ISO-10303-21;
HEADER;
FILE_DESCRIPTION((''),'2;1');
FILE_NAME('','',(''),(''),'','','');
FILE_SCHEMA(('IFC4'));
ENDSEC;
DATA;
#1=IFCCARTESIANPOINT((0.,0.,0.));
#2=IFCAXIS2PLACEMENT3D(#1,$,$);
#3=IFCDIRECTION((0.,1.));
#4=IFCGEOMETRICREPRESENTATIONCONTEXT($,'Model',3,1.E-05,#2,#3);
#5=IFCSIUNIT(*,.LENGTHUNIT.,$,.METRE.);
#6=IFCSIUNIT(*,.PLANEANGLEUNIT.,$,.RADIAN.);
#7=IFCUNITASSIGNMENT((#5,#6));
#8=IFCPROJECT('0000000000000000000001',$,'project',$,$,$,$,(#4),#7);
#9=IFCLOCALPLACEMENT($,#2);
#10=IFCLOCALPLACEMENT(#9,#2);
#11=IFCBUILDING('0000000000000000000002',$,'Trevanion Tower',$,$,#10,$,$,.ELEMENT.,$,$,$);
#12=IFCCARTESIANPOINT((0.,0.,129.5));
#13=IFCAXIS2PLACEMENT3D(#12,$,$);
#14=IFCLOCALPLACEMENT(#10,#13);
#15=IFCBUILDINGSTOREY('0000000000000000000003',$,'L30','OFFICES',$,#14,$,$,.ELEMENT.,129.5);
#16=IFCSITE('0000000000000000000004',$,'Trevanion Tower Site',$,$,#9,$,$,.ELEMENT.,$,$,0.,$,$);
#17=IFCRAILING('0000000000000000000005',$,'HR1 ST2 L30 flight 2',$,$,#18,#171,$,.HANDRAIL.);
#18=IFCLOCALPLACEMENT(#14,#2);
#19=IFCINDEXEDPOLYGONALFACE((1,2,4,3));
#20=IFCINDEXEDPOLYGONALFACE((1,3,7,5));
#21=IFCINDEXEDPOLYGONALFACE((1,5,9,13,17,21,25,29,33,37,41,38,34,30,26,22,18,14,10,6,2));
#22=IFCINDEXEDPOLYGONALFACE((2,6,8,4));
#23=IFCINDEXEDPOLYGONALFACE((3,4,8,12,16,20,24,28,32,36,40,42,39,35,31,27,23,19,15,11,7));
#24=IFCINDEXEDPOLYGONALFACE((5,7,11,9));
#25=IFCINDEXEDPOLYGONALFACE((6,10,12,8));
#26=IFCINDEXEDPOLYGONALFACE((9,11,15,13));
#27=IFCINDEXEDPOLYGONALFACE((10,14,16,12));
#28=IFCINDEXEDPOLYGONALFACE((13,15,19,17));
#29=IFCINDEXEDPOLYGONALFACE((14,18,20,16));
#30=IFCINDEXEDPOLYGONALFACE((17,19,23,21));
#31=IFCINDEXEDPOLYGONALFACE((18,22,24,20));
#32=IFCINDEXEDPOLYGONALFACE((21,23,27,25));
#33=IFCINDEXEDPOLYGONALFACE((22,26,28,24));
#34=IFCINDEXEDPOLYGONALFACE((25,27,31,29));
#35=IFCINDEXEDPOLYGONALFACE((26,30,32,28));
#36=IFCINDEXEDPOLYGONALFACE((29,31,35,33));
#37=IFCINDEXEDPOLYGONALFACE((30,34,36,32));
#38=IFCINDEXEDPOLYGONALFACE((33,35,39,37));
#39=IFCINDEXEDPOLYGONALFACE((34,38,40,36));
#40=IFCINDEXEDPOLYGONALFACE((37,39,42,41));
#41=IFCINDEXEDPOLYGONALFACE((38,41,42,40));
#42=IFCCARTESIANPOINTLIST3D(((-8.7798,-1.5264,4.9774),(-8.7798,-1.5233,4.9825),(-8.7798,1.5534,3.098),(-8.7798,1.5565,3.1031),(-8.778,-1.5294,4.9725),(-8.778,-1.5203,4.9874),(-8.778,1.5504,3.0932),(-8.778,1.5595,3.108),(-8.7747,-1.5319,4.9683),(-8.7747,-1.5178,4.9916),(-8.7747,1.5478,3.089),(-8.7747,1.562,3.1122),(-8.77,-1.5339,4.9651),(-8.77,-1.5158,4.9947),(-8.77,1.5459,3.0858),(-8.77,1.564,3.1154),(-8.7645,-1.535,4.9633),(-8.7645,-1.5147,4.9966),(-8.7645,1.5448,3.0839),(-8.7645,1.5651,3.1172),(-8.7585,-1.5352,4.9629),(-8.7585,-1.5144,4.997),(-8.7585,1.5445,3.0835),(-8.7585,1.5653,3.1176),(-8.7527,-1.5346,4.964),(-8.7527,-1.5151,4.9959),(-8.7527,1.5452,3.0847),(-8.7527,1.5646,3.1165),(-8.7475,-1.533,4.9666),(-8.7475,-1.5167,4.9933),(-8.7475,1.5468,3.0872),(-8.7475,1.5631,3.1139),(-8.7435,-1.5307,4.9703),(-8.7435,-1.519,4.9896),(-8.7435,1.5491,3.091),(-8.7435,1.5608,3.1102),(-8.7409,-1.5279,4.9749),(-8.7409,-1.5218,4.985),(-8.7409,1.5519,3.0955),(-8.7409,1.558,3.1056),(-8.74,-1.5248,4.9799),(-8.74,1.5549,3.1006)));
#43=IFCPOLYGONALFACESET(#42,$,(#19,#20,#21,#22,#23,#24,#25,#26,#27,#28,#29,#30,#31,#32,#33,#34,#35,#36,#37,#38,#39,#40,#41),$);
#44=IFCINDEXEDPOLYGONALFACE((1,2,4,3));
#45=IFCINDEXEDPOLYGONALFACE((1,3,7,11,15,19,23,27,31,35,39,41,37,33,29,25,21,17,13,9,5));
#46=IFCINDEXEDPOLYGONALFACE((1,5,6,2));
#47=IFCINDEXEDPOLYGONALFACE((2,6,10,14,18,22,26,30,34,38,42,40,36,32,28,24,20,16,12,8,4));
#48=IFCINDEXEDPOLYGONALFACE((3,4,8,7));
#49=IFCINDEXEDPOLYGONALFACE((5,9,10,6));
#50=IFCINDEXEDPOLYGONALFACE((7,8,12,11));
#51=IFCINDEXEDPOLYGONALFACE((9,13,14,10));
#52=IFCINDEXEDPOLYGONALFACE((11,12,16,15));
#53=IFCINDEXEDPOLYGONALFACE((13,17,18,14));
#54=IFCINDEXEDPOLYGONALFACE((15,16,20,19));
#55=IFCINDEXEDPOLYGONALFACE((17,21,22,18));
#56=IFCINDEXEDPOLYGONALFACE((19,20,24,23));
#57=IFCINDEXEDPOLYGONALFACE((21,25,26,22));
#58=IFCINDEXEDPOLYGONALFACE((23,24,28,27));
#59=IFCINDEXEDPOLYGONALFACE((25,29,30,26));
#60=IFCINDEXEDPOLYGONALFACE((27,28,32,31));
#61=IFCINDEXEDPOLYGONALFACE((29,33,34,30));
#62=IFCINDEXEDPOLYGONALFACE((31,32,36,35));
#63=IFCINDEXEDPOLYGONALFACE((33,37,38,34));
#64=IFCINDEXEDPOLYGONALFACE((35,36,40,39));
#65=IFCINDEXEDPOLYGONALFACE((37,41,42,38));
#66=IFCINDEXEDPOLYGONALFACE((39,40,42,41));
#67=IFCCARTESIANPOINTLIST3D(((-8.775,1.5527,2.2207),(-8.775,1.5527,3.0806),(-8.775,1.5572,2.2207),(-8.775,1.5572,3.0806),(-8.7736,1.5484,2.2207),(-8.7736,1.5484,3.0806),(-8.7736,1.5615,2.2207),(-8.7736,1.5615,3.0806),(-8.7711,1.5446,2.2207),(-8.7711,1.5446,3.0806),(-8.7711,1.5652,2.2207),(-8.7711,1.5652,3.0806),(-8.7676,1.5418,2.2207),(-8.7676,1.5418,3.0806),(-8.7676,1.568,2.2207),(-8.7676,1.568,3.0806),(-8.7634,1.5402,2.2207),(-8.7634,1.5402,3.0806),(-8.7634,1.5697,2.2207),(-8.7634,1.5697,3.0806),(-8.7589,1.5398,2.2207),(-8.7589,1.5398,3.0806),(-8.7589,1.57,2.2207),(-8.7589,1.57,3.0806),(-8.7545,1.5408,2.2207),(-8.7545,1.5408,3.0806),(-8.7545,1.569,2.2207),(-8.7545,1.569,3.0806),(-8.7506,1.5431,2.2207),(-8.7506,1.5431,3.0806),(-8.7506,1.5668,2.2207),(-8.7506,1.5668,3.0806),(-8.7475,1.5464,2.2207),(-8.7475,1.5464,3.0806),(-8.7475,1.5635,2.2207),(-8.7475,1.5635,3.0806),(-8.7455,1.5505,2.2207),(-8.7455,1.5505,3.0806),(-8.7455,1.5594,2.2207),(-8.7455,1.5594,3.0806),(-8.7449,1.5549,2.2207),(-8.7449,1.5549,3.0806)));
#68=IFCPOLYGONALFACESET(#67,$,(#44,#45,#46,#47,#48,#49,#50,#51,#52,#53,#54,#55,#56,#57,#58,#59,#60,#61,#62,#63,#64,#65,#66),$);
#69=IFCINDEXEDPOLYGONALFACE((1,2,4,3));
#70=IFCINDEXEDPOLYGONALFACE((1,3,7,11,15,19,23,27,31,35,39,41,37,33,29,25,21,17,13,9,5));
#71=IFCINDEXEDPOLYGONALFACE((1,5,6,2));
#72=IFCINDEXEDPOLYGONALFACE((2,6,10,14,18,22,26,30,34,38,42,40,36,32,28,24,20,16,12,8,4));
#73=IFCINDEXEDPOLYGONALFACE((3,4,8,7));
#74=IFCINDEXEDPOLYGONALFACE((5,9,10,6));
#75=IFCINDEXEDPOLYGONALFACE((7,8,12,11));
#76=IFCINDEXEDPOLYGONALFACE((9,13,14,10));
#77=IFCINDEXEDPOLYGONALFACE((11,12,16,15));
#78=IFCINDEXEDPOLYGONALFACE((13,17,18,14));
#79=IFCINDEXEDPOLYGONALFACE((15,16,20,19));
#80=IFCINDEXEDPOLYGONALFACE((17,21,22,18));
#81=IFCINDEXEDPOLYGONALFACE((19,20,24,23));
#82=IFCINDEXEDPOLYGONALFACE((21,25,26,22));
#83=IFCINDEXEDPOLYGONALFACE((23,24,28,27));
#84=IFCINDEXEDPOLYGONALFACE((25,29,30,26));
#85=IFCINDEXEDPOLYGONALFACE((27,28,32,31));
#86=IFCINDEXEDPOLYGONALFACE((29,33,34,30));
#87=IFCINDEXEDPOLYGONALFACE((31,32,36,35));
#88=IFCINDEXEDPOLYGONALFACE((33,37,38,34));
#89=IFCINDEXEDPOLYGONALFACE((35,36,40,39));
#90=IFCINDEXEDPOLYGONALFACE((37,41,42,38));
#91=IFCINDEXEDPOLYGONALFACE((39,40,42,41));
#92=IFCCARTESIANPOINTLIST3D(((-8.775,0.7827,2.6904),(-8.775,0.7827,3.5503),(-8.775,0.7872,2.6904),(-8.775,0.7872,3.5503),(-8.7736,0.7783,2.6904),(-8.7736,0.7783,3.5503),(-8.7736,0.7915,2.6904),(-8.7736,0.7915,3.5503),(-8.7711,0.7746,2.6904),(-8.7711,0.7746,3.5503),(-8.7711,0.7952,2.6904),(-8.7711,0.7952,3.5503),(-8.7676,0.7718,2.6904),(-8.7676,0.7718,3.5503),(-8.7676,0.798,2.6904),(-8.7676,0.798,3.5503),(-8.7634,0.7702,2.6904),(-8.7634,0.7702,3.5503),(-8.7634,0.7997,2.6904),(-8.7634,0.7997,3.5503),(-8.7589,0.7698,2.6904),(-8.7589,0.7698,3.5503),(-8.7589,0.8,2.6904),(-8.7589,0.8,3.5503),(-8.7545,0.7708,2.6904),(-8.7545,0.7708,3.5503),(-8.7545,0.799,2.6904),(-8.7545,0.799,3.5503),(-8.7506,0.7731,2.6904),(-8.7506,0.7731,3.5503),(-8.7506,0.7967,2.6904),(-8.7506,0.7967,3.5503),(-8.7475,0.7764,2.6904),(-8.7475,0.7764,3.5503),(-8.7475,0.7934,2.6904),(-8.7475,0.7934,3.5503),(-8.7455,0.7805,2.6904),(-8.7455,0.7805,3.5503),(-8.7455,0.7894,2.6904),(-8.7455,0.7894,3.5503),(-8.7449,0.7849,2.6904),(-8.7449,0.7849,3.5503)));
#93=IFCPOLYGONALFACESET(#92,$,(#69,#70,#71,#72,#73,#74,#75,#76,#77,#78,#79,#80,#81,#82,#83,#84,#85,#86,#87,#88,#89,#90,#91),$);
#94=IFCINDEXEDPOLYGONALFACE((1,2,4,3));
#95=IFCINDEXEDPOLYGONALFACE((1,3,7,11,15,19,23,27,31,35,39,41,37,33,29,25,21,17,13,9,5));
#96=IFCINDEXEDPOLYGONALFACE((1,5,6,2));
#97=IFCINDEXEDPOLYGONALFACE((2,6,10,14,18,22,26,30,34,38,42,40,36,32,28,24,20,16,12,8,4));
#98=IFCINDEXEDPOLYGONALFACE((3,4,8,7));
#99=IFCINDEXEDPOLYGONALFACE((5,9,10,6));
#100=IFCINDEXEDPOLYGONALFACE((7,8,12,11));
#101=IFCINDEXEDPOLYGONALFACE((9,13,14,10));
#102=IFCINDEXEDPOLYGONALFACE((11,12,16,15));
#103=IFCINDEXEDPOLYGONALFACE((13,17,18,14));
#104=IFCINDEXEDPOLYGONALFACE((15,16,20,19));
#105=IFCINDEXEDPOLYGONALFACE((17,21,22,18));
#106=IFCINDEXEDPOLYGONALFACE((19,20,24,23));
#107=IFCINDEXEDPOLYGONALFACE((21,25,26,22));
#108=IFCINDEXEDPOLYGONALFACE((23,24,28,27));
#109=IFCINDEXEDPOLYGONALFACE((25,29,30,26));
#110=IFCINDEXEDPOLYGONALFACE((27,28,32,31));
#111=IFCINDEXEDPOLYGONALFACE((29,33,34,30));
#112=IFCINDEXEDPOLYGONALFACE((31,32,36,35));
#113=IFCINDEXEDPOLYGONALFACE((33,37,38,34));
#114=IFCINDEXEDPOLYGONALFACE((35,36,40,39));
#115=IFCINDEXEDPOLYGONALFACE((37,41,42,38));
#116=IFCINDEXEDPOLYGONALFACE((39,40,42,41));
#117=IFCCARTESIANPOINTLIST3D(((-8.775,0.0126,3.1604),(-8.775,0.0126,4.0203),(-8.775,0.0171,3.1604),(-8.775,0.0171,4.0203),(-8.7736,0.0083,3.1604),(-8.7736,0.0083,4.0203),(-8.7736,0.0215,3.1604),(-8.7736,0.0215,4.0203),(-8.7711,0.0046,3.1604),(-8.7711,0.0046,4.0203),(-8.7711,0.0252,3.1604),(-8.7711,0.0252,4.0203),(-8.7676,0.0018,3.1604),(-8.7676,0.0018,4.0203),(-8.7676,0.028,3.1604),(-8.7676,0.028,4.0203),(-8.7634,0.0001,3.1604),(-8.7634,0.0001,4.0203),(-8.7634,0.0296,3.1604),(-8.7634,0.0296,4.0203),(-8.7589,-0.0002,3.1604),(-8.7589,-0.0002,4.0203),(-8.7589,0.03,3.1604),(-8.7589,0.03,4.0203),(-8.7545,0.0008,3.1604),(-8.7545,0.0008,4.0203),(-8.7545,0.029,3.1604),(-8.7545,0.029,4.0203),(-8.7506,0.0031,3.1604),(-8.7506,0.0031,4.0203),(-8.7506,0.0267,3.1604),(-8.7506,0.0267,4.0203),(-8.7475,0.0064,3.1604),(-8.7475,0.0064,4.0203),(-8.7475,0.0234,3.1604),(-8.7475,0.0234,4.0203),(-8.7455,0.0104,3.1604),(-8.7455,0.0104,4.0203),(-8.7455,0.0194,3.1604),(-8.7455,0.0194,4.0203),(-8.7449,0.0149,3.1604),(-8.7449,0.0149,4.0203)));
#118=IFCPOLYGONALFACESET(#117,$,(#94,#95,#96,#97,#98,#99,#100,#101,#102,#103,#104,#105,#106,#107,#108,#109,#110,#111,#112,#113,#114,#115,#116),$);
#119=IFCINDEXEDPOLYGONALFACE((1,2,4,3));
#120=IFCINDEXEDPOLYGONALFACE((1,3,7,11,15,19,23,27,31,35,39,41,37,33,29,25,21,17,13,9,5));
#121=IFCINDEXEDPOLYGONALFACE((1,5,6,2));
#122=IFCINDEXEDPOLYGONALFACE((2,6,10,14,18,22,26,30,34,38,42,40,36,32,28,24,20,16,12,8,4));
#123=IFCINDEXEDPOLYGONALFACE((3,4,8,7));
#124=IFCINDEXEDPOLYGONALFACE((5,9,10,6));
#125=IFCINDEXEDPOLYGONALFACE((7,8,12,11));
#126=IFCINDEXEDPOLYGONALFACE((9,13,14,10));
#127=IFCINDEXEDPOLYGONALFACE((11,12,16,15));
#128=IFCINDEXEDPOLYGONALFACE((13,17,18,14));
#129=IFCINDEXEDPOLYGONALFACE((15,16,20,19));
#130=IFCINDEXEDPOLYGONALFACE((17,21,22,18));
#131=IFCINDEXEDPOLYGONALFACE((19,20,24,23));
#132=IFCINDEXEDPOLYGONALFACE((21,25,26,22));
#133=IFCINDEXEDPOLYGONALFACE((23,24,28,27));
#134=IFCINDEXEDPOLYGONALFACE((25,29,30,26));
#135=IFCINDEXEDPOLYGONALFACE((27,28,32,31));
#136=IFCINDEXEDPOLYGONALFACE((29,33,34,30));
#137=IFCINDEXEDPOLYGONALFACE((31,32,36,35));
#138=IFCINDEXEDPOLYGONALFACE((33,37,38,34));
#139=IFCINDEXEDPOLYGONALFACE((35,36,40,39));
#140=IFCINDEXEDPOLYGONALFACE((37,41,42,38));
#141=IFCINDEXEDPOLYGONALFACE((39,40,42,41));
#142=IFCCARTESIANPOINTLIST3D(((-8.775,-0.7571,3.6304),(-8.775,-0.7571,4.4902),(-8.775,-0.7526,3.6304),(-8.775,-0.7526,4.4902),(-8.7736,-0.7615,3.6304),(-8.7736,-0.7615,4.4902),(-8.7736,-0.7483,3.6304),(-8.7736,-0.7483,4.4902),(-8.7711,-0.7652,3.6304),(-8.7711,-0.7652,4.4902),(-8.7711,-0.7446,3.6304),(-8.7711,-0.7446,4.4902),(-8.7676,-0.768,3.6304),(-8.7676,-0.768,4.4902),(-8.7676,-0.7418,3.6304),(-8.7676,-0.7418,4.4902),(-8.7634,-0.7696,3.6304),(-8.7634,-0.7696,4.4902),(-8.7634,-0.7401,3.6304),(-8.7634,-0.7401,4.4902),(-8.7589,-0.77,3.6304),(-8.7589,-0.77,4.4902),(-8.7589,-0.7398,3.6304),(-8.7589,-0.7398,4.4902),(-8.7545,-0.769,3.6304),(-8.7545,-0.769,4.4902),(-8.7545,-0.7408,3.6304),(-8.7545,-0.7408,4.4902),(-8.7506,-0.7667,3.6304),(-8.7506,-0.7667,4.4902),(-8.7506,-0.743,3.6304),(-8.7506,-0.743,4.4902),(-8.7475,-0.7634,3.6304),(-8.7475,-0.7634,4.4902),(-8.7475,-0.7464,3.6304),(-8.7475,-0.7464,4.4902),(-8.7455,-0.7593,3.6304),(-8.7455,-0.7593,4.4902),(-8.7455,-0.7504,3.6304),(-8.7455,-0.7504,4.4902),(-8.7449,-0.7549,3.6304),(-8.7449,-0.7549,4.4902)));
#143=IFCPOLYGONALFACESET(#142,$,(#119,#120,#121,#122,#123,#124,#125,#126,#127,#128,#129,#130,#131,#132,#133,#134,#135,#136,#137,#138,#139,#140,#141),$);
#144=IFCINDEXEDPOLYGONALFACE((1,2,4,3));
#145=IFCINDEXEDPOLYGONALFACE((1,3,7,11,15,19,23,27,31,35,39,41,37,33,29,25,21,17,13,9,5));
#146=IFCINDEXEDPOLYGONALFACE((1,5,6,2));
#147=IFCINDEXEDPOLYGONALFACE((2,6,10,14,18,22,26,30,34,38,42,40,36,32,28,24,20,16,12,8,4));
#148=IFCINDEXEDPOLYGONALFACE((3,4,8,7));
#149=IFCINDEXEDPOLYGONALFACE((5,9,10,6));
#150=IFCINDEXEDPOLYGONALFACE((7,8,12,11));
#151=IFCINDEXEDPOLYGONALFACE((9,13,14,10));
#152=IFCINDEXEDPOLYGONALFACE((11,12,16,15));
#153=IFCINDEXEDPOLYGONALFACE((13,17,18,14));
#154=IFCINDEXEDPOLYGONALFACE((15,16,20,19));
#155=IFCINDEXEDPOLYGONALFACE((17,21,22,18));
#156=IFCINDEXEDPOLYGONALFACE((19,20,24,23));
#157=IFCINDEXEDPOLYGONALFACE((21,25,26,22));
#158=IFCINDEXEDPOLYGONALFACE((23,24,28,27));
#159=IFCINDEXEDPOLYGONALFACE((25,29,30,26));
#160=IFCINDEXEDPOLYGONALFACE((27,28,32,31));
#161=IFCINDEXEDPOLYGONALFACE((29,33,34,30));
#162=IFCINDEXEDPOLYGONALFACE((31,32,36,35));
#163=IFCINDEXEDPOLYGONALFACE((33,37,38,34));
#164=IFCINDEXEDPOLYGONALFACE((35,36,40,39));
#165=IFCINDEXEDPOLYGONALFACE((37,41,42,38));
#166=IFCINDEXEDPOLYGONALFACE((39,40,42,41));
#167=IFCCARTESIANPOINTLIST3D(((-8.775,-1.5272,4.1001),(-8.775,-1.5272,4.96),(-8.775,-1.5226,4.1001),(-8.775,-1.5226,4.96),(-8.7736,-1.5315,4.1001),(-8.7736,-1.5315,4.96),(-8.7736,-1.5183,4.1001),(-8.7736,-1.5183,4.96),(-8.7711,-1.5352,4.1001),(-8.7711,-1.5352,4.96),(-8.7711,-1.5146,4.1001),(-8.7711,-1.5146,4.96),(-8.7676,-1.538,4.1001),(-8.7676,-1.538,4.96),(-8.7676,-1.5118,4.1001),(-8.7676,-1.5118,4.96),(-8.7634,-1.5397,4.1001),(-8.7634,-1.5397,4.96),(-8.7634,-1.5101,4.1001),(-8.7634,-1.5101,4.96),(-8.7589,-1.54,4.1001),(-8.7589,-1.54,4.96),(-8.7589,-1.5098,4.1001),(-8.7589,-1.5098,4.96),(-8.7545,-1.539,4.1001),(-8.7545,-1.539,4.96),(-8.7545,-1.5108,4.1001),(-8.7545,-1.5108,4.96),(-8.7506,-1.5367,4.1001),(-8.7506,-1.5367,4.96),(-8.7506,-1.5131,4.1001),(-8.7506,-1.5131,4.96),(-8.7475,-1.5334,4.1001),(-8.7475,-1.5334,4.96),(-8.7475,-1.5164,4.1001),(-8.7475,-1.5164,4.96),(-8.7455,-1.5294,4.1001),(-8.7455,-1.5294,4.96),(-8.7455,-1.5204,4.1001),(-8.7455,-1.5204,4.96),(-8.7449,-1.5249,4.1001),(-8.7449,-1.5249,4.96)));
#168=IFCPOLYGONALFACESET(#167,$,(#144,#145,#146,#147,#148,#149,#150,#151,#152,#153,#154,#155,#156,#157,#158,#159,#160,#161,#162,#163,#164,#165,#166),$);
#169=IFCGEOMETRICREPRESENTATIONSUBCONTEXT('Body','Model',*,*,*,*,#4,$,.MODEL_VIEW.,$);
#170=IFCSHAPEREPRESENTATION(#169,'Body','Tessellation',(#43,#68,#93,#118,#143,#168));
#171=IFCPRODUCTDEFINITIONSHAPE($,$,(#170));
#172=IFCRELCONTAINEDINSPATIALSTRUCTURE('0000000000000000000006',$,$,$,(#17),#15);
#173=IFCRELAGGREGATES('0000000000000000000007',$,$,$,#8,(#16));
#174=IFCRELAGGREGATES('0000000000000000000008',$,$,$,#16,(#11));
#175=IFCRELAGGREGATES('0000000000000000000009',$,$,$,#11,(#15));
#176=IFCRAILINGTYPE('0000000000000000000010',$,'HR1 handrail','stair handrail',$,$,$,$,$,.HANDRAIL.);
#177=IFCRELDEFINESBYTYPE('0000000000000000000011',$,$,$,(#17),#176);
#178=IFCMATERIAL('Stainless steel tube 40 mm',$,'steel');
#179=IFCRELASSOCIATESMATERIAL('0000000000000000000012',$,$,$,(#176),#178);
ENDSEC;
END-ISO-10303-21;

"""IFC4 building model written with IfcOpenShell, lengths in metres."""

from ifc_helpers import new_model, si_unit, direction, frame, origin, origin_2d, place, context, subcontext, project, spatial, circle, extrude, material, type_object, element, save


model = new_model("IFC4")

# Units and contexts
model_context = context("Model", 3, precision=1e-05, world=origin(), true_north=direction((0.0, 1.0)))
body_context = subcontext(model_context, "Body", "Model", "MODEL_VIEW")
ifc_project = project(units=[si_unit("LENGTHUNIT", "METRE"), si_unit("PLANEANGLEUNIT", "RADIAN")], contexts=[model_context])

# Site, building, storey
site_placement = place(None, origin())
site = spatial("IfcSite", under=ifc_project, at=site_placement, Name="Trevanion Tower Site", CompositionType="ELEMENT", RefElevation=0.0)
building_placement = place(site_placement, origin())
building = spatial("IfcBuilding", under=site, at=building_placement, Name="Trevanion Tower", CompositionType="ELEMENT")
storey_placement = place(building_placement, frame((0.0, 0.0, 129.5)))
storey = spatial("IfcBuildingStorey", under=building, at=storey_placement, Name="L30", Description="OFFICES", CompositionType="ELEMENT", Elevation=129.5)

# Railing
ifc_material_1 = material(Name="Stainless steel tube 40 mm", Category="steel")
railing_type = type_object("IfcRailingType", Name="HR1 handrail", Description="stair handrail", PredefinedType="HANDRAIL", material=ifc_material_1)
for number, where, name in (
    (1, (-8.76, 1.5549, 2.2207), "HR1 ST2 L30 flight 2"),
):
    element("IfcRailing", number, at=place(storey_placement, frame(where)), inside=storey, type_object=railing_type, Name=name, PredefinedType="HANDRAIL", context=body_context, shape_type="SweptSolid", body=[
        extrude(circle(Radius=0.02, at=origin_2d()), frame((0.0, 0.0, 0.8799), z_axis=(0.0, -0.853618, 0.5209), x_axis=(1.0, 0.0, 0.0)), (0.0, 0.0, 1.0), 3.6079),
        extrude(circle(Radius=0.0151, at=origin_2d()), origin(), (0.0, 0.0, 1.0), 0.8599),
        extrude(circle(Radius=0.0151, at=origin_2d()), frame((0.0, -0.77, 0.4697)), (0.0, 0.0, 1.0), 0.8599),
        extrude(circle(Radius=0.0151, at=origin_2d()), frame((0.0, -1.54, 0.9397)), (0.0, 0.0, 1.0), 0.8599),
        extrude(circle(Radius=0.0151, at=origin_2d()), frame((0.0, -2.3098, 1.4097)), (0.0, 0.0, 1.0), 0.8599),
        extrude(circle(Radius=0.0151, at=origin_2d()), frame((0.0, -3.0798, 1.8794)), (0.0, 0.0, 1.0), 0.8599),
    ])

save(model, "model.ifc")
